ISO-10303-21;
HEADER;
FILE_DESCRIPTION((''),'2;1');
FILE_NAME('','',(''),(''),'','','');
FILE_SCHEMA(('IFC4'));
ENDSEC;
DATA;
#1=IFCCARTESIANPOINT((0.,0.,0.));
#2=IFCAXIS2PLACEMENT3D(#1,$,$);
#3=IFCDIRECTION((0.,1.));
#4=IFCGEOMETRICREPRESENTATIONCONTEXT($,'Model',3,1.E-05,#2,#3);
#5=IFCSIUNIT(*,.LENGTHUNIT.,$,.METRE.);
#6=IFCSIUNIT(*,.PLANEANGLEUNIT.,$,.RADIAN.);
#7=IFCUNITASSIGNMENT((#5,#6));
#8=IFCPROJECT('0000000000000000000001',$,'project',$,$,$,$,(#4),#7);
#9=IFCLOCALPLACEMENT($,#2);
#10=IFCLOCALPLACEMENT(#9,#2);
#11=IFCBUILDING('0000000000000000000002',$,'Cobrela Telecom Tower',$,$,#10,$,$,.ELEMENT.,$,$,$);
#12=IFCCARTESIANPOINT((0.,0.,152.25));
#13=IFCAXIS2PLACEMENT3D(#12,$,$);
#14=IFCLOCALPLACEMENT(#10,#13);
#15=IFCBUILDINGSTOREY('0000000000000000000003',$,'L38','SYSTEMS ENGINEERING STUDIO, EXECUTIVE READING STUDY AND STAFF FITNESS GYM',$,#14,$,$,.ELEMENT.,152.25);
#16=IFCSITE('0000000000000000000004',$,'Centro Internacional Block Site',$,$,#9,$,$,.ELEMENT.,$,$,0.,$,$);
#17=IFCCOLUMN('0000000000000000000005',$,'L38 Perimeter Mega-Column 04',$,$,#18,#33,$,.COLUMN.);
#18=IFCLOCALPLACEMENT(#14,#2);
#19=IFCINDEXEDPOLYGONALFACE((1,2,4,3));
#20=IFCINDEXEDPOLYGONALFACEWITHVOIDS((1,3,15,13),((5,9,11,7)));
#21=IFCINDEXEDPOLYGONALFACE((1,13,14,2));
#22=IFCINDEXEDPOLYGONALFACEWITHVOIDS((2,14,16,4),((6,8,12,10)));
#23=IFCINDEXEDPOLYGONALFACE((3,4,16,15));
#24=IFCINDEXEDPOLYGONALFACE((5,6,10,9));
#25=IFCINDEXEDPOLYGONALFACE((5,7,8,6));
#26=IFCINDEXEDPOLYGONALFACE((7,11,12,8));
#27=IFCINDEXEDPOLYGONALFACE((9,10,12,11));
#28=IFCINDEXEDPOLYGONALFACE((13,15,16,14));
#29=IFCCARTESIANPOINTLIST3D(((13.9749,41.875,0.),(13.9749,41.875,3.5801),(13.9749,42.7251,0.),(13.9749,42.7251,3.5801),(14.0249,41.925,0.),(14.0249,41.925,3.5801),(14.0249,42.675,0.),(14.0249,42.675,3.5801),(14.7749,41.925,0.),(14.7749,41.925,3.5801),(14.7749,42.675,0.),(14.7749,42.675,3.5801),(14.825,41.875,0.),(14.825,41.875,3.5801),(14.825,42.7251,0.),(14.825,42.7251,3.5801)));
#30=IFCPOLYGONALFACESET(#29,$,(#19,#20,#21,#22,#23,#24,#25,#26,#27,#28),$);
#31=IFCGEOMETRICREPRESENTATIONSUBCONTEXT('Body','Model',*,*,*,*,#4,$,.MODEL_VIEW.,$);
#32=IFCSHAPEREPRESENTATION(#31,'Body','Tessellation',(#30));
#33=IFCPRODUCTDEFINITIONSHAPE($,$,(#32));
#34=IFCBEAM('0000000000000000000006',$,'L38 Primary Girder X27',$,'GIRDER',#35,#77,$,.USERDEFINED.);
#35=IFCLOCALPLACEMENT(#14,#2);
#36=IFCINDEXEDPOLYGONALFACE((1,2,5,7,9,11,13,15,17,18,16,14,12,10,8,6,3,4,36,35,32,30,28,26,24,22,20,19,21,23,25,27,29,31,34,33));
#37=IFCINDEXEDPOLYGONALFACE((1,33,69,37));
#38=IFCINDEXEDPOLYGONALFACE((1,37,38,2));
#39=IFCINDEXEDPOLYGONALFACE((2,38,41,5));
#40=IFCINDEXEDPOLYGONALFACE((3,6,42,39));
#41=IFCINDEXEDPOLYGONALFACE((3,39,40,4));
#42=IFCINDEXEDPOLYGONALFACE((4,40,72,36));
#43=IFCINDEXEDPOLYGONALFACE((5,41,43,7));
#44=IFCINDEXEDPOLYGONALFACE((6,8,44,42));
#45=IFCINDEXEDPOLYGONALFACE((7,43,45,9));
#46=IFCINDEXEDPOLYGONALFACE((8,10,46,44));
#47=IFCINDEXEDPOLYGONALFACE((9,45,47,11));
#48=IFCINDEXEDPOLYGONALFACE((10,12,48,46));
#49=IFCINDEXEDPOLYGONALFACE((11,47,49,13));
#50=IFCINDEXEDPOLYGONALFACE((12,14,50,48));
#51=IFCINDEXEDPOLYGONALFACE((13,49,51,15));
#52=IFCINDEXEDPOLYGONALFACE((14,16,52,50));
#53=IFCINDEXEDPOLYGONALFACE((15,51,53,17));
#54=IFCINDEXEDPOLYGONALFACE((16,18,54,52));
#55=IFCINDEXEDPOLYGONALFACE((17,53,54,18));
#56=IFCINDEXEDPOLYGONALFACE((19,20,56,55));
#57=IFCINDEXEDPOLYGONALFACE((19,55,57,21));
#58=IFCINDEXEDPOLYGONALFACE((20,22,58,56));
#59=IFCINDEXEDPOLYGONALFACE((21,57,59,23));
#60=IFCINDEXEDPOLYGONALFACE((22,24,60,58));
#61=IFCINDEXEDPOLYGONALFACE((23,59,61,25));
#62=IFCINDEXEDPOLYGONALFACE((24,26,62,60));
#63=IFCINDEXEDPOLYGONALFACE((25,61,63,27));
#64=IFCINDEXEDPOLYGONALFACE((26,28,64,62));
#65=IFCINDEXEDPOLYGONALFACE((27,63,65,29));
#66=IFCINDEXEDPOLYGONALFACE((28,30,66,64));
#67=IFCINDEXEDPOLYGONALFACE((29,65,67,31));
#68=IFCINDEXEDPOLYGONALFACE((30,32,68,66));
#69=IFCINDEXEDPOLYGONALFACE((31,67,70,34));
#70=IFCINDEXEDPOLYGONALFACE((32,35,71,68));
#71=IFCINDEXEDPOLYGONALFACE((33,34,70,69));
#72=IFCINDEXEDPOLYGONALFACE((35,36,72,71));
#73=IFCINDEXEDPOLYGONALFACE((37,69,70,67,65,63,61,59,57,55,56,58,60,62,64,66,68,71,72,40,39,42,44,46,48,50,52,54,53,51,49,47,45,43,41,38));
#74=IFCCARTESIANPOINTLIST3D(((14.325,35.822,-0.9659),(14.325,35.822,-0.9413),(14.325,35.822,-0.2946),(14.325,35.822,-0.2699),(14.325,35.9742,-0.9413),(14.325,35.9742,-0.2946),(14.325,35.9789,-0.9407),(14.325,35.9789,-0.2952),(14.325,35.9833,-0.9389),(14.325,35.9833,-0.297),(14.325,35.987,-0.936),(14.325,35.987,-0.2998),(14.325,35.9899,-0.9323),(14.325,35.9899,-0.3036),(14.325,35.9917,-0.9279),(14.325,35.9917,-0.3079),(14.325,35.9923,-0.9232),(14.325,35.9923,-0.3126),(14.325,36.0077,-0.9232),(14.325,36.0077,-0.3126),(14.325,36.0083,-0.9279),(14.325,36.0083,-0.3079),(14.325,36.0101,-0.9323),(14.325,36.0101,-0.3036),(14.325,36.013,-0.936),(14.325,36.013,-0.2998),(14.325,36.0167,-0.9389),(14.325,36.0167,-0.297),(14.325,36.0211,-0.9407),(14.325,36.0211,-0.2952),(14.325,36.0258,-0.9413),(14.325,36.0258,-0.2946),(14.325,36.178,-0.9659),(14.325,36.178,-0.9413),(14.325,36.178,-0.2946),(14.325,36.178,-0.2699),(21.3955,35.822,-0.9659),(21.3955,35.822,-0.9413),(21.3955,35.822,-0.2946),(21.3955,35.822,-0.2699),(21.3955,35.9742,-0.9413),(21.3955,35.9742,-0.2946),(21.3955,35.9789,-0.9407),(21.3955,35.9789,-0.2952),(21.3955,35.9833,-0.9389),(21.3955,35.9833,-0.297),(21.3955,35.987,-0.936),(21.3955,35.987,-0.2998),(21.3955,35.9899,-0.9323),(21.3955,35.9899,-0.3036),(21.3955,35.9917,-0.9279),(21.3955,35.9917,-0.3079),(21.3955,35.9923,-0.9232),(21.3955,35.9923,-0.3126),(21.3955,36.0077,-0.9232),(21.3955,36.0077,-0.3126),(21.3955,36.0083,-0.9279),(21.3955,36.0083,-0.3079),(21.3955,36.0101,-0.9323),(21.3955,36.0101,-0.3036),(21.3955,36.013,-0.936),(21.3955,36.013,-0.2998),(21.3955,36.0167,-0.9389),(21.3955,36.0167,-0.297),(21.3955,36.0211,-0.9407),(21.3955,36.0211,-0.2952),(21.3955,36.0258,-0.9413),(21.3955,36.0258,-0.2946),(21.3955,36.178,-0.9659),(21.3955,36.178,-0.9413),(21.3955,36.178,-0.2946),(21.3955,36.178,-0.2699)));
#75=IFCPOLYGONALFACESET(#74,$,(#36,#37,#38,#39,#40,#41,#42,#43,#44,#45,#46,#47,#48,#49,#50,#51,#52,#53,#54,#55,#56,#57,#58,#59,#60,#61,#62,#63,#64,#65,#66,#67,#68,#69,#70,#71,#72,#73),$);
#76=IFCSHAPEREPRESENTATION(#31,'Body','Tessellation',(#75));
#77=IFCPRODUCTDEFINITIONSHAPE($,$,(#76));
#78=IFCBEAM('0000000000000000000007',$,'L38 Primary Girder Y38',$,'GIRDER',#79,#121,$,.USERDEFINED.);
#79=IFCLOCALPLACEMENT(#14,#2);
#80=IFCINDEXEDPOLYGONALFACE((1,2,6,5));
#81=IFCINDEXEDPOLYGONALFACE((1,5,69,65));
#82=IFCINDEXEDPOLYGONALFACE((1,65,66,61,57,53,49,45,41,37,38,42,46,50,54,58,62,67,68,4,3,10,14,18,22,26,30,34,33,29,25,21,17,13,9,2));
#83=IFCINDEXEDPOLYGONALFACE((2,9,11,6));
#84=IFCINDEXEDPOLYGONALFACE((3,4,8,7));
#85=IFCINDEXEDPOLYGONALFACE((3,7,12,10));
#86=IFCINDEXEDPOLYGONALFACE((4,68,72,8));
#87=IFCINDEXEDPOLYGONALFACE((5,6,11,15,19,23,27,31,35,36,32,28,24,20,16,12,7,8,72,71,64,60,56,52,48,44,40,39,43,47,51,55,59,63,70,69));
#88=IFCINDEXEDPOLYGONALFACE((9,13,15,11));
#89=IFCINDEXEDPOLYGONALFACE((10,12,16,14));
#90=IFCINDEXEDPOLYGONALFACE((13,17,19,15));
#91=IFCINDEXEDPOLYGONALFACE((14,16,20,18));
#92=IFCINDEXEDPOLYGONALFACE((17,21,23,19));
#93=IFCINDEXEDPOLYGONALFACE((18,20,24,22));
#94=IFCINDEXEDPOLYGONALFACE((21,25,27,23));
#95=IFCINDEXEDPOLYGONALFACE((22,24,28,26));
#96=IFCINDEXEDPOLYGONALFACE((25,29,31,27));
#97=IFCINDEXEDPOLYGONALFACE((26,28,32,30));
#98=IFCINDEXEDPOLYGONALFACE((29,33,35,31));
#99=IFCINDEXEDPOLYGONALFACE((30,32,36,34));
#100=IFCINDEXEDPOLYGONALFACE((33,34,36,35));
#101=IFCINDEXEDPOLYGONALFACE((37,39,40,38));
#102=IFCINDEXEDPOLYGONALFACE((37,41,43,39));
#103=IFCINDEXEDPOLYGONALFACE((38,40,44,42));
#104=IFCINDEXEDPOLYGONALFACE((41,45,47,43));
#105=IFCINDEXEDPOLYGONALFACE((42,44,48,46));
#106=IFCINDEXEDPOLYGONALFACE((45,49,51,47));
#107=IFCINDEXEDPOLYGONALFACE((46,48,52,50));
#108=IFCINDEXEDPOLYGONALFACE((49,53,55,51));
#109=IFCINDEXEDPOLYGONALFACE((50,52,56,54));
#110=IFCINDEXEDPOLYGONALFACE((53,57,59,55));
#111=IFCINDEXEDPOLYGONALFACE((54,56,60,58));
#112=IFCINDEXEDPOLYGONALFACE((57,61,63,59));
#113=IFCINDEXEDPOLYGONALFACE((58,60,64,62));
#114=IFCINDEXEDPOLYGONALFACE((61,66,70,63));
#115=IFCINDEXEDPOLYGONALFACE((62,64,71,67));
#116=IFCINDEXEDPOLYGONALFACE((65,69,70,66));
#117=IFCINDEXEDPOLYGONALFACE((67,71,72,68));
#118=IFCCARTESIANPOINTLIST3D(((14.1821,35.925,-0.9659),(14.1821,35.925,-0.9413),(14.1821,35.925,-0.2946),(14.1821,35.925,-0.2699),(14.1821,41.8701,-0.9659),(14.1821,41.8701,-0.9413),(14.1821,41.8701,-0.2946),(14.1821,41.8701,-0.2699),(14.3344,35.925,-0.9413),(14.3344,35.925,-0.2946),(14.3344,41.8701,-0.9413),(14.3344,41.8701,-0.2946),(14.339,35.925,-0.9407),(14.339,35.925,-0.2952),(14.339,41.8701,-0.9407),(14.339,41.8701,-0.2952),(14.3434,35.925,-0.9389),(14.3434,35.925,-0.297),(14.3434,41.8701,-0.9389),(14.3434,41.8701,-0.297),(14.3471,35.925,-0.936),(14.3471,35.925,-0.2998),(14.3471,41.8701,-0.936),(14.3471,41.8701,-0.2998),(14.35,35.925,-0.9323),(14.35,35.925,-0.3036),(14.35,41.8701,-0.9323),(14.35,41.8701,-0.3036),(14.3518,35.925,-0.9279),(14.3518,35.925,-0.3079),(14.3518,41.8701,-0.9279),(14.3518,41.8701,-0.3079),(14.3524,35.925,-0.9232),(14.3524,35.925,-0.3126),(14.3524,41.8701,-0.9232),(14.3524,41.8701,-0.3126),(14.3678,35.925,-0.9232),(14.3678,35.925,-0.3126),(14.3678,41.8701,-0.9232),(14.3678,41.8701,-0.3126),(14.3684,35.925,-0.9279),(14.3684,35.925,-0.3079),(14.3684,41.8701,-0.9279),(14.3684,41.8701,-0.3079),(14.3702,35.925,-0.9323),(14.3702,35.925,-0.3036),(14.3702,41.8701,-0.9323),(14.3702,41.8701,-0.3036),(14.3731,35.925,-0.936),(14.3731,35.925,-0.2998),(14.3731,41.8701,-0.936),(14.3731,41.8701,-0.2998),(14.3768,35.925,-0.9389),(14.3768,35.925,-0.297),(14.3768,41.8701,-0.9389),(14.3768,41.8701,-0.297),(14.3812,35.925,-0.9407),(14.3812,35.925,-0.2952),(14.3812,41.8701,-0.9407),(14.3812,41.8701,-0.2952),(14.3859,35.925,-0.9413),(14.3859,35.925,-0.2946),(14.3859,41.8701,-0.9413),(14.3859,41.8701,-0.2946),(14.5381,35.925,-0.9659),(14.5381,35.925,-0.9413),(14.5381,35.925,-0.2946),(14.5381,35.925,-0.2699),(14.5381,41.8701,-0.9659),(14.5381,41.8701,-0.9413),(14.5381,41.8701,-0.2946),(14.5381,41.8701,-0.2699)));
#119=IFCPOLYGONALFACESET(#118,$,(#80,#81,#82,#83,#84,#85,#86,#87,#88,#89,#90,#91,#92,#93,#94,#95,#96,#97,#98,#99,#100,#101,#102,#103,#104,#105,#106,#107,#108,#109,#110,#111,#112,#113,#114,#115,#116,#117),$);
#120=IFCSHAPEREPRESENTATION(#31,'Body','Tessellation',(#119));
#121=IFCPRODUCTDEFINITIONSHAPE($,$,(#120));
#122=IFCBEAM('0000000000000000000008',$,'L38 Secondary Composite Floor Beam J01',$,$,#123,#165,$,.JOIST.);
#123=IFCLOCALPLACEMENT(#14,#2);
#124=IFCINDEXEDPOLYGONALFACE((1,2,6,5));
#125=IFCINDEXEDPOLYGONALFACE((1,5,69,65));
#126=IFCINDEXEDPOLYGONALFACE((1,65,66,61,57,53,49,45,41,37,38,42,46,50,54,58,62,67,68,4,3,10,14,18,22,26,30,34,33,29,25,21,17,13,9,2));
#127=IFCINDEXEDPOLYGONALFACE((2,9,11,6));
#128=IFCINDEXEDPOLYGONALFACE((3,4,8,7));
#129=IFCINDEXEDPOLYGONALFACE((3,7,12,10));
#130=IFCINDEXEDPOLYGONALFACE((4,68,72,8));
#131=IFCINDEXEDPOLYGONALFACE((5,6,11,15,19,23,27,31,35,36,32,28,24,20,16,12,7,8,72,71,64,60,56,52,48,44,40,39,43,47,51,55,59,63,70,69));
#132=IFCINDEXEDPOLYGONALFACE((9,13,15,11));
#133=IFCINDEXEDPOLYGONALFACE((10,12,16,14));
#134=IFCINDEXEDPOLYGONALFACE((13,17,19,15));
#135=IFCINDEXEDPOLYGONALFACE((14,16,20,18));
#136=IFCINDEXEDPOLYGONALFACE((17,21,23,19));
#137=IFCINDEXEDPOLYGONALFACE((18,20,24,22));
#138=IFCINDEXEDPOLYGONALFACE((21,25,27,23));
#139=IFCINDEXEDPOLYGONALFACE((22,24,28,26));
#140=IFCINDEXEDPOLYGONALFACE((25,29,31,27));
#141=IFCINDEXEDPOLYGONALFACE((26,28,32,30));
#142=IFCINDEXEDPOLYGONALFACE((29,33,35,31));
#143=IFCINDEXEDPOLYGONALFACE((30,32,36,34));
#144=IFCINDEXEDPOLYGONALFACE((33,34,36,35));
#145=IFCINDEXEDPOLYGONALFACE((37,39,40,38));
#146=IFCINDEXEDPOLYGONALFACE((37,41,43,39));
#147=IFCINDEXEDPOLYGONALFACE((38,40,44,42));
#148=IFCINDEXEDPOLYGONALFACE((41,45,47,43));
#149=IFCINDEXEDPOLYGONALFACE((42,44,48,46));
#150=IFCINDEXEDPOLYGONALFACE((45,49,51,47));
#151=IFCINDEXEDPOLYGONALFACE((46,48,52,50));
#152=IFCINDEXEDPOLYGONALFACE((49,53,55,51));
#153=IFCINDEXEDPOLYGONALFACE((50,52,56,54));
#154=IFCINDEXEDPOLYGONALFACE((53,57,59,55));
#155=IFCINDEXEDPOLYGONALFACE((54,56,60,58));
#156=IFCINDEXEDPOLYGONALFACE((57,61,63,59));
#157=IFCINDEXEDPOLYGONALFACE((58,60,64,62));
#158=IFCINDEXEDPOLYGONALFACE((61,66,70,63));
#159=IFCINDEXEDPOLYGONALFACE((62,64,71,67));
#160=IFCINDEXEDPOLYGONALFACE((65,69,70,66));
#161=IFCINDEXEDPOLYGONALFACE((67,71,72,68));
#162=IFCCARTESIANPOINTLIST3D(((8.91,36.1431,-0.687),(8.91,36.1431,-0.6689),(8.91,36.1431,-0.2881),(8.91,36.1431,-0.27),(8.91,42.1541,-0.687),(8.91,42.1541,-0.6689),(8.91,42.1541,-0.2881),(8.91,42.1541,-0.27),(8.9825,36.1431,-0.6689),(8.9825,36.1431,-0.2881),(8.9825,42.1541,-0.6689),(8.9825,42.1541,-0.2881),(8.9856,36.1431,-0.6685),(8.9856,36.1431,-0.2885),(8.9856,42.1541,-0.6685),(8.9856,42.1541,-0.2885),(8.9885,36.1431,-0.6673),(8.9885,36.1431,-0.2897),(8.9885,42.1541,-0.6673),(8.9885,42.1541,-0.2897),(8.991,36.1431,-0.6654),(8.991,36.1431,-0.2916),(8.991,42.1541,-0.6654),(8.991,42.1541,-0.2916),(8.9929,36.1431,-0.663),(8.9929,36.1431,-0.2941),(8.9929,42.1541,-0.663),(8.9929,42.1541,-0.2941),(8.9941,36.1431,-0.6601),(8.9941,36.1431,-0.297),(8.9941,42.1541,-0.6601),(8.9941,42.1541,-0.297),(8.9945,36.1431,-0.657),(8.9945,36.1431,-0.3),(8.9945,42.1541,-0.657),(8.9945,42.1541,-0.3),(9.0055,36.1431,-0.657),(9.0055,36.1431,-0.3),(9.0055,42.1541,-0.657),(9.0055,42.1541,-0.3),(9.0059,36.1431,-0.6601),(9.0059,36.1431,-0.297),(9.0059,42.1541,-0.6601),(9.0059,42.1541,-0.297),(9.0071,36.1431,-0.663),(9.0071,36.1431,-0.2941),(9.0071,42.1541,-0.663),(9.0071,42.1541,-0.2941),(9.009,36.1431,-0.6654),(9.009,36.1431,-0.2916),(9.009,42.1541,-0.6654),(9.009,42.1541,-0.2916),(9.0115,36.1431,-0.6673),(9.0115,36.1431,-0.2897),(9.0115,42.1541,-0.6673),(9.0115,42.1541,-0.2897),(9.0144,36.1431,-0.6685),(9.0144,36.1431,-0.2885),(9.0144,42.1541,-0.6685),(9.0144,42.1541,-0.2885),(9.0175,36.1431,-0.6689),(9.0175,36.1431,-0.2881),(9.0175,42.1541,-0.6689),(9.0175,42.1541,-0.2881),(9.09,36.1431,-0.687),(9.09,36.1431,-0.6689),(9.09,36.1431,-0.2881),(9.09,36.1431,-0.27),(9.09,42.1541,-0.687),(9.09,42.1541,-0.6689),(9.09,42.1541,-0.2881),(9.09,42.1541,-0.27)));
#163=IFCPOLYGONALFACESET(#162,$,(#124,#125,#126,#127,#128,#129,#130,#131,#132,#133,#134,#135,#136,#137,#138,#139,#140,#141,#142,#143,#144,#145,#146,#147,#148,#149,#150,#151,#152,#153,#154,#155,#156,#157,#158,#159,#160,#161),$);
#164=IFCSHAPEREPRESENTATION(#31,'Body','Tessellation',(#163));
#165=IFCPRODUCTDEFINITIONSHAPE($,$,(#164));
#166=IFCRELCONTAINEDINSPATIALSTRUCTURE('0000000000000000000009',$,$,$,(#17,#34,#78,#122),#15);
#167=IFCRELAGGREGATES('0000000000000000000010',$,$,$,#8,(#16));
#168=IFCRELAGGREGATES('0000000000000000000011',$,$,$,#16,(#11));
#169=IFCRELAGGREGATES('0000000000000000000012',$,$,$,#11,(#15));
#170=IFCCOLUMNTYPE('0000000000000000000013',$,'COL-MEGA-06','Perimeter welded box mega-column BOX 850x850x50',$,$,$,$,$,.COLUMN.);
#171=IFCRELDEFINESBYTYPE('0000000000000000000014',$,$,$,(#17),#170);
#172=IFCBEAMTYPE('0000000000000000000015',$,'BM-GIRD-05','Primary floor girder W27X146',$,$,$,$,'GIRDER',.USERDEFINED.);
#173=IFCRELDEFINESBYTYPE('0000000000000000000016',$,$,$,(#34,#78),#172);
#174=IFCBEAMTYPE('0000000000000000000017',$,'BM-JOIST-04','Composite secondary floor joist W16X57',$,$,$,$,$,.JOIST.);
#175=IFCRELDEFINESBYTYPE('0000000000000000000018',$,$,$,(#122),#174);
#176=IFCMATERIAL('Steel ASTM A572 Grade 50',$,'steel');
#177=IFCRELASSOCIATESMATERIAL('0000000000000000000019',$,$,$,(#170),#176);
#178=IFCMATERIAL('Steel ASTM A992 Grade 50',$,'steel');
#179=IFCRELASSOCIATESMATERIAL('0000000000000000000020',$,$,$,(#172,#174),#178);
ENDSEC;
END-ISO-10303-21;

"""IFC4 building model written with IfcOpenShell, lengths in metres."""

from ifc_helpers import new_model, si_unit, direction, frame, origin, origin_2d, place, context, subcontext, project, spatial, hollow_rectangle, i_section, extrude, material, material_profile, profile_set, type_object, element, save


model = new_model("IFC4")

# Units and contexts
model_context = context("Model", 3, precision=1e-05, world=origin(), true_north=direction((0.0, 1.0)))
body_context = subcontext(model_context, "Body", "Model", "MODEL_VIEW")
ifc_project = project(units=[si_unit("LENGTHUNIT", "METRE"), si_unit("PLANEANGLEUNIT", "RADIAN")], contexts=[model_context])

# Site, building, storey
site_placement = place(None, origin())
site = spatial("IfcSite", under=ifc_project, at=site_placement, Name="Centro Internacional Block Site", CompositionType="ELEMENT", RefElevation=0.0)
building_placement = place(site_placement, origin())
building = spatial("IfcBuilding", under=site, at=building_placement, Name="Cobrela Telecom Tower", CompositionType="ELEMENT")
storey_placement = place(building_placement, frame((0.0, 0.0, 152.25)))
storey = spatial("IfcBuildingStorey", under=building, at=storey_placement, Name="L38", Description="SYSTEMS ENGINEERING STUDIO, EXECUTIVE READING STUDY AND STAFF FITNESS GYM", CompositionType="ELEMENT", Elevation=152.25)

# Column
ifc_material_1 = material(Name="Steel ASTM A572 Grade 50", Category="steel")
ifc_material_profile_1 = material_profile(ifc_material_1, hollow_rectangle(XDim=0.8501, YDim=0.8501, WallThickness=0.05, at=origin_2d()), Name="BOX 850x850x50")
ifc_profile_set_1 = profile_set([ifc_material_profile_1], Name="Steel ASTM A572 Grade 50")
column_type = type_object("IfcColumnType", Name="COL-MEGA-06", Description="Perimeter welded box mega-column BOX 850x850x50", PredefinedType="COLUMN", material=ifc_profile_set_1)
column_placement = place(storey_placement, frame((14.3999, 42.3, 0.0), z_axis=(0.0, 0.0, 1.0), x_axis=(1.0, 0.0, 0.0)))
element("IfcColumn", 1, at=column_placement, inside=storey, type_object=column_type, Name="L38 Perimeter Mega-Column 04", PredefinedType="COLUMN", context=body_context, shape_type="SweptSolid", body=[
    extrude(hollow_rectangle(XDim=0.8501, YDim=0.8501, WallThickness=0.05, at=origin_2d()), origin(), (0.0, 0.0, 1.0), 3.5801),
])

# Beams
ifc_material_2 = material(Name="Steel ASTM A992 Grade 50", Category="steel")
ifc_material_profile_2 = material_profile(ifc_material_2, i_section(OverallWidth=0.356, OverallDepth=0.696, WebThickness=0.0154, FlangeThickness=0.0247, FilletRadius=0.0181, at=origin_2d()), Name="W27X146")
ifc_profile_set_2 = profile_set([ifc_material_profile_2], Name="Steel ASTM A992 Grade 50")
beam_type_1 = type_object("IfcBeamType", Name="BM-GIRD-05", Description="Primary floor girder W27X146", ElementType="GIRDER", PredefinedType="USERDEFINED", material=ifc_profile_set_2)
beam_1_placement = place(storey_placement, frame((14.325, 36.0, -0.6179), z_axis=(1.0, 0.0, 0.0), x_axis=(0.0, 1.0, 0.0)))
element("IfcBeam", 2, at=beam_1_placement, inside=storey, type_object=beam_type_1, Name="L38 Primary Girder X27", ObjectType="GIRDER", PredefinedType="USERDEFINED", context=body_context, shape_type="SweptSolid", body=[
    extrude(i_section(OverallWidth=0.356, OverallDepth=0.696, WebThickness=0.0154, FlangeThickness=0.0247, FilletRadius=0.0181, at=origin_2d()), origin(), (0.0, 0.0, 1.0), 7.0706),
])
beam_2_placement = place(storey_placement, frame((14.3601, 35.925, -0.6179), z_axis=(0.0, 1.0, 0.0), x_axis=(-1.0, 0.0, 0.0)))
element("IfcBeam", 3, at=beam_2_placement, inside=storey, type_object=beam_type_1, Name="L38 Primary Girder Y38", ObjectType="GIRDER", PredefinedType="USERDEFINED", context=body_context, shape_type="SweptSolid", body=[
    extrude(i_section(OverallWidth=0.356, OverallDepth=0.696, WebThickness=0.0154, FlangeThickness=0.0247, FilletRadius=0.0181, at=origin_2d()), origin(), (0.0, 0.0, 1.0), 5.9451),
])
ifc_material_profile_3 = material_profile(ifc_material_2, i_section(OverallWidth=0.1799, OverallDepth=0.417, WebThickness=0.011, FlangeThickness=0.0181, FilletRadius=0.012, at=origin_2d()), Name="W16X57")
ifc_profile_set_3 = profile_set([ifc_material_profile_3], Name="Steel ASTM A992 Grade 50")
beam_type_2 = type_object("IfcBeamType", Name="BM-JOIST-04", Description="Composite secondary floor joist W16X57", PredefinedType="JOIST", material=ifc_profile_set_3)
for number, where, z_axis, x_axis, name in (
    (4, (9.0, 36.1431, -0.4785), (0.0, 1.0, 0.0), (-1.0, 0.0, 0.0), "L38 Secondary Composite Floor Beam J01"),
):
    element("IfcBeam", number, at=place(storey_placement, frame(where, z_axis=z_axis, x_axis=x_axis)), inside=storey, type_object=beam_type_2, Name=name, PredefinedType="JOIST", context=body_context, shape_type="SweptSolid", body=[
        extrude(i_section(OverallWidth=0.1799, OverallDepth=0.417, WebThickness=0.011, FlangeThickness=0.0181, FilletRadius=0.012, at=origin_2d()), origin(), (0.0, 0.0, 1.0), 6.011),
    ])

save(model, "model.ifc")
